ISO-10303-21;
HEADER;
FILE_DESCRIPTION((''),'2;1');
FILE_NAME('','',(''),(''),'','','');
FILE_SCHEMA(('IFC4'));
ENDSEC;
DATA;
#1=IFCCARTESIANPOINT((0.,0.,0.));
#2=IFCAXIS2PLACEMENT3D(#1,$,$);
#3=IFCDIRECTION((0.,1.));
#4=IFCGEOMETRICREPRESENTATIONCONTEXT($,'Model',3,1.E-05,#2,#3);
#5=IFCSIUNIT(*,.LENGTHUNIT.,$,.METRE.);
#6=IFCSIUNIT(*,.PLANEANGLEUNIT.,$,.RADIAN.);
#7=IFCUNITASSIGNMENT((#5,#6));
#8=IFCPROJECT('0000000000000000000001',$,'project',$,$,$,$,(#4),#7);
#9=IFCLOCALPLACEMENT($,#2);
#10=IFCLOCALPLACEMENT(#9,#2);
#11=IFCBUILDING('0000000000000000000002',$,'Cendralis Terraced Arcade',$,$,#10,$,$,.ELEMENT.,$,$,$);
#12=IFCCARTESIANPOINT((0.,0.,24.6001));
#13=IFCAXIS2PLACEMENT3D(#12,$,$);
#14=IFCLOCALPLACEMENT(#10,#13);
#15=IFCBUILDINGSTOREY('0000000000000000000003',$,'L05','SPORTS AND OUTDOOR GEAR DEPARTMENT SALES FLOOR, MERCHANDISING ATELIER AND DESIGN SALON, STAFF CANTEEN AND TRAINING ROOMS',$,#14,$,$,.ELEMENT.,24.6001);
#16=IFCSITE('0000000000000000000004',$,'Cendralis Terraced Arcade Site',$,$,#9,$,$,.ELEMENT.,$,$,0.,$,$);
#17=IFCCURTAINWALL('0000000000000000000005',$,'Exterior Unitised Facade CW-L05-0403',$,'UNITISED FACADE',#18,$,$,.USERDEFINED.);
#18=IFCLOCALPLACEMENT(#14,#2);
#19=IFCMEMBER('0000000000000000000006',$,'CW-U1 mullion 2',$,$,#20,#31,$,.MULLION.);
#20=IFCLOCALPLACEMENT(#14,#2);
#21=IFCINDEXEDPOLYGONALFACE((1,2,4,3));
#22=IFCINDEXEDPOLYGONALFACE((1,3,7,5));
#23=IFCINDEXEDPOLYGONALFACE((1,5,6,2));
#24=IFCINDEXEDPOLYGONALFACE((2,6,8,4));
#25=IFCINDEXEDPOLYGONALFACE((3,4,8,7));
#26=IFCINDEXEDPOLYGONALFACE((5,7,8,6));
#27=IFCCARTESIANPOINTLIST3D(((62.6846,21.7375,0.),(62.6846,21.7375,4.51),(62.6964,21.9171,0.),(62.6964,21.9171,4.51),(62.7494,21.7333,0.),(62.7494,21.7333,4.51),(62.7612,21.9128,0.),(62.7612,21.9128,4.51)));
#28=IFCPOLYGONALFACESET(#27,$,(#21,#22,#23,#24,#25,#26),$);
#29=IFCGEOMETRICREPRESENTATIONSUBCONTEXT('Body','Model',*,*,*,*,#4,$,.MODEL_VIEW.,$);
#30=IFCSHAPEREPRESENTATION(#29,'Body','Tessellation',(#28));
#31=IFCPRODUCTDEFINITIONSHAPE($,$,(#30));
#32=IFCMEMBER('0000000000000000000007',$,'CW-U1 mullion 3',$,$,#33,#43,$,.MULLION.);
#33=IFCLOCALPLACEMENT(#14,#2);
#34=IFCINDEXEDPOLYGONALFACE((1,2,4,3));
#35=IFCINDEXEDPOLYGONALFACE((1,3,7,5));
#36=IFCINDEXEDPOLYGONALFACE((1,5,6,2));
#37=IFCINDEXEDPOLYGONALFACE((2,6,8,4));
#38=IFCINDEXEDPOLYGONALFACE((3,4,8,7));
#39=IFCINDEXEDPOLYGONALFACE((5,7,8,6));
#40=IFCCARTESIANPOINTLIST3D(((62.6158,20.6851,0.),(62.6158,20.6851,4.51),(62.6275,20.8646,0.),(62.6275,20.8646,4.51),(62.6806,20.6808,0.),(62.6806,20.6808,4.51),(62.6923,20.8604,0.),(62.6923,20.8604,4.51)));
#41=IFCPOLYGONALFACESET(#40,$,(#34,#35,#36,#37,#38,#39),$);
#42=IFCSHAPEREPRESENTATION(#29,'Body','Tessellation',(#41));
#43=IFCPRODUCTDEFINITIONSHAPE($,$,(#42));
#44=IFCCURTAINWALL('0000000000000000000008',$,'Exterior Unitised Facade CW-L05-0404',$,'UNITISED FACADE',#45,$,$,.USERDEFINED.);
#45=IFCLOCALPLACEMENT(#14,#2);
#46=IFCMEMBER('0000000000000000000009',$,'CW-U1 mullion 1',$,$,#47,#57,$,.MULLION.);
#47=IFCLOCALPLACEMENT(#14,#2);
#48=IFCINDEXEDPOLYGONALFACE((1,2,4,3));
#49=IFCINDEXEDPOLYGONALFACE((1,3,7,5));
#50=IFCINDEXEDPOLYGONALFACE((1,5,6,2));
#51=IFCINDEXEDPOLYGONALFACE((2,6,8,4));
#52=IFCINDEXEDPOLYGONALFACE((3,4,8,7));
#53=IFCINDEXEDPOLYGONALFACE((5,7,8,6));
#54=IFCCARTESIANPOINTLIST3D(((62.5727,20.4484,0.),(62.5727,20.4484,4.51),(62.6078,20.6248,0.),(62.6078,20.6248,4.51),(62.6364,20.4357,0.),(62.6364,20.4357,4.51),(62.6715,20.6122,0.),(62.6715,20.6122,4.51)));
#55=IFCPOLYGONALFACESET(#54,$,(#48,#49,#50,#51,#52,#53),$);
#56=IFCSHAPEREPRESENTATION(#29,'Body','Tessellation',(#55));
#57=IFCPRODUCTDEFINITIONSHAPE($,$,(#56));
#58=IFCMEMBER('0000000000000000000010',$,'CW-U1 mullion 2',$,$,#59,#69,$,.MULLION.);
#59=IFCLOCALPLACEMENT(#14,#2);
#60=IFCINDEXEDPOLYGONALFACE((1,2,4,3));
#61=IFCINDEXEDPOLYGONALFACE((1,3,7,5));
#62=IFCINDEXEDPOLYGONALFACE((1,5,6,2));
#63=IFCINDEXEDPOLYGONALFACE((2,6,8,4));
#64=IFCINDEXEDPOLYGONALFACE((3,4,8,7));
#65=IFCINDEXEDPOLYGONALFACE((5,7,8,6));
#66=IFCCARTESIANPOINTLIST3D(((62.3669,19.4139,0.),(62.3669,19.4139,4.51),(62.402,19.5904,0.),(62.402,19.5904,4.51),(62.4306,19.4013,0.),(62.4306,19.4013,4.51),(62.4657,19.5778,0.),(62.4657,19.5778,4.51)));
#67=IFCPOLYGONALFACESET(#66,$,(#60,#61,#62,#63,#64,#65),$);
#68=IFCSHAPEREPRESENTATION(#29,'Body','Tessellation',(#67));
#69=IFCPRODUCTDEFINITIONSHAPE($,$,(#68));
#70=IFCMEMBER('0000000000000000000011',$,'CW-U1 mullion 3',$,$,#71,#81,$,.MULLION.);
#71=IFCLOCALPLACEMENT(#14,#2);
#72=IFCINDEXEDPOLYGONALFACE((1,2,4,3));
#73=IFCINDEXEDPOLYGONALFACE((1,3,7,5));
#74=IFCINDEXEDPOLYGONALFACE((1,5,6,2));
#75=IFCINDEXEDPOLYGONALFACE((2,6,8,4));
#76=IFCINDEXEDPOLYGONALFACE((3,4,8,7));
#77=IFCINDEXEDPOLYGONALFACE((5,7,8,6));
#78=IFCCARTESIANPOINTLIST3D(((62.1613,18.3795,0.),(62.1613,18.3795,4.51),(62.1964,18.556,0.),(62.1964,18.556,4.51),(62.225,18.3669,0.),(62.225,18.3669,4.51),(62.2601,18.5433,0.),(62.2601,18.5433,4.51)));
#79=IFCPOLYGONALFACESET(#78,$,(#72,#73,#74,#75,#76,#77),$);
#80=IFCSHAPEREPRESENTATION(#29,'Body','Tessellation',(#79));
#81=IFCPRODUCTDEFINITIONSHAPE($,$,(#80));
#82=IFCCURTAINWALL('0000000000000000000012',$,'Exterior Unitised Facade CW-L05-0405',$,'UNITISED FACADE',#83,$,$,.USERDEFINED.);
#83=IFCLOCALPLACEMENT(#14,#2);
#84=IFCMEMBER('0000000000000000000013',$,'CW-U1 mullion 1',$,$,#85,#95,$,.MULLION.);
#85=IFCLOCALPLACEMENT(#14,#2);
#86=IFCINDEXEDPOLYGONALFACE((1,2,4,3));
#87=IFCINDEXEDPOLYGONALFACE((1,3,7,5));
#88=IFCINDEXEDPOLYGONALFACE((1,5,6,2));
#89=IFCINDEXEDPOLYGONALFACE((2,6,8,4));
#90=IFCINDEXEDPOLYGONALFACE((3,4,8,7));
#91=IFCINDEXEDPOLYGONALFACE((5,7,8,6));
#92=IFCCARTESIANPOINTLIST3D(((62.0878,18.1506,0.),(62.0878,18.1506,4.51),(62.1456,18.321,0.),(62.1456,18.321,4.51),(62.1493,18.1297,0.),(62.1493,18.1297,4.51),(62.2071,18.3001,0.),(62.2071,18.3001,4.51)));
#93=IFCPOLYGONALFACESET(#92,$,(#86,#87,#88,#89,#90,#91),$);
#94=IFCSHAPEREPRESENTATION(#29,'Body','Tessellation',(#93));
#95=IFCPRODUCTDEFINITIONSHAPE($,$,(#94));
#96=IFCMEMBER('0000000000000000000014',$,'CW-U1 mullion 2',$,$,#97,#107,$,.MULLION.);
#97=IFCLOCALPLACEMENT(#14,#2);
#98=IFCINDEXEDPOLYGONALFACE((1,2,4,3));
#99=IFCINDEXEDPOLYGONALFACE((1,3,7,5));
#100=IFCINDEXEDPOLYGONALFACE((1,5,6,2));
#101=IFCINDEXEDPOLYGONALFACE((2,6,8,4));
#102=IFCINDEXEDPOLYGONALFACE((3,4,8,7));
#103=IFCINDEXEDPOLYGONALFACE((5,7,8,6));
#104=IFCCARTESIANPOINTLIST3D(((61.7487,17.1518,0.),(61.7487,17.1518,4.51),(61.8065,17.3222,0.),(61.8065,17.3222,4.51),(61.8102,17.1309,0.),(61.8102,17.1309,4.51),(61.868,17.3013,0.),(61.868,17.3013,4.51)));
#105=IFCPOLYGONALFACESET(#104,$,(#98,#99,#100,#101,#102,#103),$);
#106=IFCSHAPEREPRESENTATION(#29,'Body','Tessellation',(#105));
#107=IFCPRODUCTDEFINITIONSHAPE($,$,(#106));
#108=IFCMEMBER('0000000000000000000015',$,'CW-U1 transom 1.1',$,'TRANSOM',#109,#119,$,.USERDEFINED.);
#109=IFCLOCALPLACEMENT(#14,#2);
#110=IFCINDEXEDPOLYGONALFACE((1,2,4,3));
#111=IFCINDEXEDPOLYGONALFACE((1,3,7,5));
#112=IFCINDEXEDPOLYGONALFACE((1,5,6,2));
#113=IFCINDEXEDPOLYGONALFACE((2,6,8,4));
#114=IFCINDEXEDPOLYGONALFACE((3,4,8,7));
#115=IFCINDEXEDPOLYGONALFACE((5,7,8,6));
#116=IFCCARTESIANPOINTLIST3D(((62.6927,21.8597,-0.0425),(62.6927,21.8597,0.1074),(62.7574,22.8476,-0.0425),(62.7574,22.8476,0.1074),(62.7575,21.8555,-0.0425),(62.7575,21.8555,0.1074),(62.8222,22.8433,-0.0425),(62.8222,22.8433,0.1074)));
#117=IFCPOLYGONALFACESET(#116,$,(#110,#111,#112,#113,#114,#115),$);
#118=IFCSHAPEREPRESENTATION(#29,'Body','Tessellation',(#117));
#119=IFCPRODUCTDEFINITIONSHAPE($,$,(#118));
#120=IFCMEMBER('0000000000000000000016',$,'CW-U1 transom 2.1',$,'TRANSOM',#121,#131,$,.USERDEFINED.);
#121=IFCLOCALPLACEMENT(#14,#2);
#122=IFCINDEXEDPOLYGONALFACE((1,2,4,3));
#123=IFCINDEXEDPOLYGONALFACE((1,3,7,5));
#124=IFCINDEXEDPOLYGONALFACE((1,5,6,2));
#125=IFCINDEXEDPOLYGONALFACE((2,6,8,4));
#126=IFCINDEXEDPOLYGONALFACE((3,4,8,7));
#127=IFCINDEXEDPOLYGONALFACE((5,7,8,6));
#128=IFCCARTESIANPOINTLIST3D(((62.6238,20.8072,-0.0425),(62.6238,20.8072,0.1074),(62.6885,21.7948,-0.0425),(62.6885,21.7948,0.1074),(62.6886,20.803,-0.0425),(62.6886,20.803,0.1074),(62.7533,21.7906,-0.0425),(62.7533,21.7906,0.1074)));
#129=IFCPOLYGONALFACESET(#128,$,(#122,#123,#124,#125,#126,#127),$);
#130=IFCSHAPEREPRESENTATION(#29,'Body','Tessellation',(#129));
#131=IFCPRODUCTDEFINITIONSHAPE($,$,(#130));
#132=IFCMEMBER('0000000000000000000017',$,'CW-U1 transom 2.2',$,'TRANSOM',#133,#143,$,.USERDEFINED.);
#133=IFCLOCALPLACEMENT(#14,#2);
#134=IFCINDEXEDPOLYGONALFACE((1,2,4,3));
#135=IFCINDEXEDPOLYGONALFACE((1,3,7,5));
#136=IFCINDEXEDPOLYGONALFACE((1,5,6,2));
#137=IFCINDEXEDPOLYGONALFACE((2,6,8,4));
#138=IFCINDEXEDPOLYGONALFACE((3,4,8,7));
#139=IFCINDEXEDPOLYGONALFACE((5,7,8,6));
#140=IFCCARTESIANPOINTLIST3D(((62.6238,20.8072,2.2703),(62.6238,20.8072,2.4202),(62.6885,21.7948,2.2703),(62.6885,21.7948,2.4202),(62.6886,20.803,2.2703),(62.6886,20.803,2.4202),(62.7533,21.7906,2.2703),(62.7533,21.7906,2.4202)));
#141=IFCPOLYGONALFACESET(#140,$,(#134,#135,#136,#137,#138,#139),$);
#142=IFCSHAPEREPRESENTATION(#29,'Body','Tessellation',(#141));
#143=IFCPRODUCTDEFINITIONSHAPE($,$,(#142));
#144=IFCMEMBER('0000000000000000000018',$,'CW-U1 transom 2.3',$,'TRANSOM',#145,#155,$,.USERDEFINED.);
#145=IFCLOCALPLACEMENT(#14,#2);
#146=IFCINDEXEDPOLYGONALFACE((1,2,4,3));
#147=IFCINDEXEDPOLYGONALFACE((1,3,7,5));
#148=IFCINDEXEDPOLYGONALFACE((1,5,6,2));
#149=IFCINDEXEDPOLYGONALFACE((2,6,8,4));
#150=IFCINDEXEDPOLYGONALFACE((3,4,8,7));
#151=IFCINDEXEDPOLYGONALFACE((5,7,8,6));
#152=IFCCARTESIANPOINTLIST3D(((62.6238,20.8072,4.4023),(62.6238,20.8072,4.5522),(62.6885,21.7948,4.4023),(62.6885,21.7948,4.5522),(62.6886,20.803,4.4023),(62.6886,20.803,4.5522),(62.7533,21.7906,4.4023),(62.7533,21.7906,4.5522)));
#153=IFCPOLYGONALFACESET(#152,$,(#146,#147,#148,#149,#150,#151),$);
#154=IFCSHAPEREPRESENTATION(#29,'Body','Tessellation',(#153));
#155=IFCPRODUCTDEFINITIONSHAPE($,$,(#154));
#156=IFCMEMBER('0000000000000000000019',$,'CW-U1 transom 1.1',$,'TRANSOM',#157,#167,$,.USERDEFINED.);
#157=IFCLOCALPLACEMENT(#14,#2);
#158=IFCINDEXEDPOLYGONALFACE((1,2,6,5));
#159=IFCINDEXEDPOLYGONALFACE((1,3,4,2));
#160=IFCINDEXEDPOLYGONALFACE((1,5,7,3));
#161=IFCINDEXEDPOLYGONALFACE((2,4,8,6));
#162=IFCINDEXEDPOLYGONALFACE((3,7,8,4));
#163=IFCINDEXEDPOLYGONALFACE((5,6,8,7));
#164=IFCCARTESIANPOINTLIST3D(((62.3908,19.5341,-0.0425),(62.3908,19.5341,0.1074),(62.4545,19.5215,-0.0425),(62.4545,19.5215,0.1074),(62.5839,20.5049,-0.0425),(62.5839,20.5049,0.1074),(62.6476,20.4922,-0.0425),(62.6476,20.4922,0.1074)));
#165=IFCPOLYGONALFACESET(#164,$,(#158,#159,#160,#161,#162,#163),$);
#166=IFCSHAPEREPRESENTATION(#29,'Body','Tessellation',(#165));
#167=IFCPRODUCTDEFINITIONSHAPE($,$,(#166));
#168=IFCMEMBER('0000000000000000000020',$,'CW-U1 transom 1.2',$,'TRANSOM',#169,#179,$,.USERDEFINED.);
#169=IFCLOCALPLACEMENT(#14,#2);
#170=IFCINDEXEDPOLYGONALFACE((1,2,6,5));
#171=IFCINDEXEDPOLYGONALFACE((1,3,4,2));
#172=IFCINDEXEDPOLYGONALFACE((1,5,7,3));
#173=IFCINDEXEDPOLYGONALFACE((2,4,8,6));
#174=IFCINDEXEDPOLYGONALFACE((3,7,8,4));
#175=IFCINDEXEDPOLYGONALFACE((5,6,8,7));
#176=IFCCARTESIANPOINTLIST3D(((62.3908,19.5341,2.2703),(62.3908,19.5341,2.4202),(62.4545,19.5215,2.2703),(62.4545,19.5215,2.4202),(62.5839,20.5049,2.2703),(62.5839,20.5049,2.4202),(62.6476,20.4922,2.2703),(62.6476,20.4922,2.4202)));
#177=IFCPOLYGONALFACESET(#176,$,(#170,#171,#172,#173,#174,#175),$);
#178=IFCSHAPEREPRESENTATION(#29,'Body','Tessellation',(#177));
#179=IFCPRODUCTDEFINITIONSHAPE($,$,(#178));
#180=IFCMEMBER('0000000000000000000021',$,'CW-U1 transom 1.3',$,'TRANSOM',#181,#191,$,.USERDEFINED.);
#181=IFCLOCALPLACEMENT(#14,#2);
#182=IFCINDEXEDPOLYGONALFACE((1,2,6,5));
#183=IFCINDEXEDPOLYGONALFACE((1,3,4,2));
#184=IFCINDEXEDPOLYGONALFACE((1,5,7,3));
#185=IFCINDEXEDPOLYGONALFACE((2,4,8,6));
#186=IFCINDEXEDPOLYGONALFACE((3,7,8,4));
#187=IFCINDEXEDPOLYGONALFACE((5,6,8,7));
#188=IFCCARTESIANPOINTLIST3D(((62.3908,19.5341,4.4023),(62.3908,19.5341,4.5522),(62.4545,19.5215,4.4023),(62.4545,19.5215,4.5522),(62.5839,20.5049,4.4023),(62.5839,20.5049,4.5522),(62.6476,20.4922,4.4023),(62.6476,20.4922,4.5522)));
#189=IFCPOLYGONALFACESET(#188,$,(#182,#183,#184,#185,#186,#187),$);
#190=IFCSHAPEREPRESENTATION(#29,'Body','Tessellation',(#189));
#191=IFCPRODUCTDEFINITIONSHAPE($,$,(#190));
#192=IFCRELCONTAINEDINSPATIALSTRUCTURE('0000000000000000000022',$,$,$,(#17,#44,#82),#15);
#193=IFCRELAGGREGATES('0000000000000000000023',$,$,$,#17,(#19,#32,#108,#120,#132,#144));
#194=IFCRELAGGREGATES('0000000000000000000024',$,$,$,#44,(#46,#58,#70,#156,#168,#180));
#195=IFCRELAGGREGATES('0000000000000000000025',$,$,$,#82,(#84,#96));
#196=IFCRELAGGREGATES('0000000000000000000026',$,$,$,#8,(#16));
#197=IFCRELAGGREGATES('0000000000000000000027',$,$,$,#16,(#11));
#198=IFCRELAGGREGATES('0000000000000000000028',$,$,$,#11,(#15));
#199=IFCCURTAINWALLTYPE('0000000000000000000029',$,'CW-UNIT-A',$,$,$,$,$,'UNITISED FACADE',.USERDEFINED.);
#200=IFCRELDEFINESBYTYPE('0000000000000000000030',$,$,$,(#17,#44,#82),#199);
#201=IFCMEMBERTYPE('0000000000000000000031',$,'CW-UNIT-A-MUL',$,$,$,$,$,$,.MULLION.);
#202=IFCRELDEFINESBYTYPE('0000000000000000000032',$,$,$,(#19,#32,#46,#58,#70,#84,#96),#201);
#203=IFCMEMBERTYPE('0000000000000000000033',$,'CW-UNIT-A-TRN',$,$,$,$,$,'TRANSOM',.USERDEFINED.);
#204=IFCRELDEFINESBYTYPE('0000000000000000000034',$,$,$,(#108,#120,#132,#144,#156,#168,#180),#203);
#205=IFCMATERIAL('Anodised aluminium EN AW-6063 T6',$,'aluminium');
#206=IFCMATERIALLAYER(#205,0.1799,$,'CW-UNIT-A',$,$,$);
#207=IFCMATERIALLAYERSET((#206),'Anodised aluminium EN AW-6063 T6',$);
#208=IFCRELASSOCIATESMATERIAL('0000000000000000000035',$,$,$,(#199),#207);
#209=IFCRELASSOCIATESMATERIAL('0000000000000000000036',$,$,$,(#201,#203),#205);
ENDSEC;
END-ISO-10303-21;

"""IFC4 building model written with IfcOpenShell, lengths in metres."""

from ifc_helpers import new_model, si_unit, direction, frame, origin, origin_2d, place, context, subcontext, project, spatial, rectangle, extrude, material, layer, layer_set, material_profile, profile_set, type_object, element, aggregate, save


model = new_model("IFC4")

# Units and contexts
model_context = context("Model", 3, precision=1e-05, world=origin(), true_north=direction((0.0, 1.0)))
body_context = subcontext(model_context, "Body", "Model", "MODEL_VIEW")
ifc_project = project(units=[si_unit("LENGTHUNIT", "METRE"), si_unit("PLANEANGLEUNIT", "RADIAN")], contexts=[model_context])

# Site, building, storey
site_placement = place(None, origin())
site = spatial("IfcSite", under=ifc_project, at=site_placement, Name="Cendralis Terraced Arcade Site", CompositionType="ELEMENT", RefElevation=0.0)
building_placement = place(site_placement, origin())
building = spatial("IfcBuilding", under=site, at=building_placement, Name="Cendralis Terraced Arcade", CompositionType="ELEMENT")
storey_placement = place(building_placement, frame((0.0, 0.0, 24.6001)))
storey = spatial("IfcBuildingStorey", under=building, at=storey_placement, Name="L05", Description="SPORTS AND OUTDOOR GEAR DEPARTMENT SALES FLOOR, MERCHANDISING ATELIER AND DESIGN SALON, STAFF CANTEEN AND TRAINING ROOMS", CompositionType="ELEMENT", Elevation=24.6001)

# Curtain walls, members
ifc_material_1 = material(Name="Anodised aluminium EN AW-6063 T6", Category="aluminium")
ifc_layer_1 = layer(ifc_material_1, 0.1799, Name="CW-UNIT-A")
ifc_layer_set_1 = layer_set([ifc_layer_1], Name="Anodised aluminium EN AW-6063 T6")
curtain_wall_type = type_object("IfcCurtainWallType", Name="CW-UNIT-A", ElementType="UNITISED FACADE", PredefinedType="USERDEFINED", material=ifc_layer_set_1)
curtain_wall_1_placement = place(storey_placement, origin())
curtain_wall_1 = element("IfcCurtainWall", 1, at=curtain_wall_1_placement, inside=storey, type_object=curtain_wall_type, Name="Exterior Unitised Facade CW-L05-0403", ObjectType="UNITISED FACADE", PredefinedType="USERDEFINED")
ifc_material_profile_1 = material_profile(ifc_material_1, rectangle(XDim=0.0649, YDim=0.1799, at=origin_2d()), Name="ALU-MUL-65x180")
ifc_profile_set_1 = profile_set([ifc_material_profile_1], Name="Anodised aluminium EN AW-6063 T6")
member_type_1 = type_object("IfcMemberType", Name="CW-UNIT-A-MUL", PredefinedType="MULLION", material=ifc_profile_set_1)
member_1_placement = place(storey_placement, frame((62.7229, 21.8252, 0.0), z_axis=(0.0, 0.0, 1.0), x_axis=(0.99786, -0.065393, 0.0)))
member_1 = element("IfcMember", 2, at=member_1_placement, type_object=member_type_1, Name="CW-U1 mullion 2", PredefinedType="MULLION", context=body_context, shape_type="SweptSolid", body=[
    extrude(rectangle(XDim=0.0649, YDim=0.1799, at=origin_2d()), origin(), (0.0, 0.0, 1.0), 4.51),
])
member_2_placement = place(storey_placement, frame((62.6541, 20.7727, 0.0), z_axis=(0.0, 0.0, 1.0), x_axis=(0.99786, -0.065393, 0.0)))
member_2 = element("IfcMember", 3, at=member_2_placement, type_object=member_type_1, Name="CW-U1 mullion 3", PredefinedType="MULLION", context=body_context, shape_type="SweptSolid", body=[
    extrude(rectangle(XDim=0.0649, YDim=0.1799, at=origin_2d()), origin(), (0.0, 0.0, 1.0), 4.51),
])
curtain_wall_2_placement = place(storey_placement, origin())
curtain_wall_2 = element("IfcCurtainWall", 4, at=curtain_wall_2_placement, inside=storey, type_object=curtain_wall_type, Name="Exterior Unitised Facade CW-L05-0404", ObjectType="UNITISED FACADE", PredefinedType="USERDEFINED")
member_3_placement = place(storey_placement, frame((62.6221, 20.5303, 0.0), z_axis=(0.0, 0.0, 1.0), x_axis=(0.980794, -0.195046, 0.0)))
member_3 = element("IfcMember", 5, at=member_3_placement, type_object=member_type_1, Name="CW-U1 mullion 1", PredefinedType="MULLION", context=body_context, shape_type="SweptSolid", body=[
    extrude(rectangle(XDim=0.0649, YDim=0.1799, at=origin_2d()), origin(), (0.0, 0.0, 1.0), 4.51),
])
member_4_placement = place(storey_placement, frame((62.4163, 19.4958, 0.0), z_axis=(0.0, 0.0, 1.0), x_axis=(0.980794, -0.195046, 0.0)))
member_4 = element("IfcMember", 6, at=member_4_placement, type_object=member_type_1, Name="CW-U1 mullion 2", PredefinedType="MULLION", context=body_context, shape_type="SweptSolid", body=[
    extrude(rectangle(XDim=0.0649, YDim=0.1799, at=origin_2d()), origin(), (0.0, 0.0, 1.0), 4.51),
])
member_5_placement = place(storey_placement, frame((62.2107, 18.4614, 0.0), z_axis=(0.0, 0.0, 1.0), x_axis=(0.980794, -0.195046, 0.0)))
member_5 = element("IfcMember", 7, at=member_5_placement, type_object=member_type_1, Name="CW-U1 mullion 3", PredefinedType="MULLION", context=body_context, shape_type="SweptSolid", body=[
    extrude(rectangle(XDim=0.0649, YDim=0.1799, at=origin_2d()), origin(), (0.0, 0.0, 1.0), 4.51),
])
curtain_wall_3_placement = place(storey_placement, origin())
curtain_wall_3 = element("IfcCurtainWall", 8, at=curtain_wall_3_placement, inside=storey, type_object=curtain_wall_type, Name="Exterior Unitised Facade CW-L05-0405", ObjectType="UNITISED FACADE", PredefinedType="USERDEFINED")
member_6_placement = place(storey_placement, frame((62.1475, 18.2253, 0.0), z_axis=(0.0, 0.0, 1.0), x_axis=(0.946917, -0.321479, 0.0)))
member_6 = element("IfcMember", 9, at=member_6_placement, type_object=member_type_1, Name="CW-U1 mullion 1", PredefinedType="MULLION", context=body_context, shape_type="SweptSolid", body=[
    extrude(rectangle(XDim=0.0649, YDim=0.1799, at=origin_2d()), origin(), (0.0, 0.0, 1.0), 4.51),
])
member_7_placement = place(storey_placement, frame((61.8083, 17.2266, 0.0), z_axis=(0.0, 0.0, 1.0), x_axis=(0.946917, -0.321479, 0.0)))
member_7 = element("IfcMember", 10, at=member_7_placement, type_object=member_type_1, Name="CW-U1 mullion 2", PredefinedType="MULLION", context=body_context, shape_type="SweptSolid", body=[
    extrude(rectangle(XDim=0.0649, YDim=0.1799, at=origin_2d()), origin(), (0.0, 0.0, 1.0), 4.51),
])

# Members
ifc_material_profile_2 = material_profile(ifc_material_1, rectangle(XDim=0.0649, YDim=0.1499, at=origin_2d()), Name="ALU-TRN-65x150")
ifc_profile_set_2 = profile_set([ifc_material_profile_2], Name="Anodised aluminium EN AW-6063 T6")
member_type_2 = type_object("IfcMemberType", Name="CW-UNIT-A-TRN", ElementType="TRANSOM", PredefinedType="USERDEFINED", material=ifc_profile_set_2)
member_8_placement = place(storey_placement, frame((62.7898, 22.8455, 0.0325), z_axis=(-0.065357, -0.997862, 0.0), x_axis=(0.997862, -0.065357, 0.0)))
member_8 = element("IfcMember", 11, at=member_8_placement, type_object=member_type_2, Name="CW-U1 transom 1.1", ObjectType="TRANSOM", PredefinedType="USERDEFINED", context=body_context, shape_type="SweptSolid", body=[
    extrude(rectangle(XDim=0.0649, YDim=0.1499, at=origin_2d()), origin(), (0.0, 0.0, 1.0), 0.99),
])
member_9_placement = place(storey_placement, frame((62.7209, 21.7927, 0.0325), z_axis=(-0.065373, -0.997861, 0.0), x_axis=(0.997861, -0.065373, 0.0)))
member_9 = element("IfcMember", 12, at=member_9_placement, type_object=member_type_2, Name="CW-U1 transom 2.1", ObjectType="TRANSOM", PredefinedType="USERDEFINED", context=body_context, shape_type="SweptSolid", body=[
    extrude(rectangle(XDim=0.0649, YDim=0.1499, at=origin_2d()), origin(), (0.0, 0.0, 1.0), 0.9897),
])
member_10_placement = place(storey_placement, frame((62.7209, 21.7927, 2.3452), z_axis=(-0.065373, -0.997861, 0.0), x_axis=(0.997861, -0.065373, 0.0)))
member_10 = element("IfcMember", 13, at=member_10_placement, type_object=member_type_2, Name="CW-U1 transom 2.2", ObjectType="TRANSOM", PredefinedType="USERDEFINED", context=body_context, shape_type="SweptSolid", body=[
    extrude(rectangle(XDim=0.0649, YDim=0.1499, at=origin_2d()), origin(), (0.0, 0.0, 1.0), 0.9897),
])
member_11_placement = place(storey_placement, frame((62.7209, 21.7927, 4.4773), z_axis=(-0.065373, -0.997861, 0.0), x_axis=(0.997861, -0.065373, 0.0)))
member_11 = element("IfcMember", 14, at=member_11_placement, type_object=member_type_2, Name="CW-U1 transom 2.3", ObjectType="TRANSOM", PredefinedType="USERDEFINED", context=body_context, shape_type="SweptSolid", body=[
    extrude(rectangle(XDim=0.0649, YDim=0.1499, at=origin_2d()), origin(), (0.0, 0.0, 1.0), 0.9897),
])
member_12_placement = place(storey_placement, frame((62.6157, 20.4985, 0.0325), z_axis=(-0.19512, -0.980779, 0.0), x_axis=(0.980779, -0.19512, 0.0)))
member_12 = element("IfcMember", 15, at=member_12_placement, type_object=member_type_2, Name="CW-U1 transom 1.1", ObjectType="TRANSOM", PredefinedType="USERDEFINED", context=body_context, shape_type="SweptSolid", body=[
    extrude(rectangle(XDim=0.0649, YDim=0.1499, at=origin_2d()), origin(), (0.0, 0.0, 1.0), 0.9897),
])
member_13_placement = place(storey_placement, frame((62.6157, 20.4985, 2.3452), z_axis=(-0.19512, -0.980779, 0.0), x_axis=(0.980779, -0.19512, 0.0)))
member_13 = element("IfcMember", 16, at=member_13_placement, type_object=member_type_2, Name="CW-U1 transom 1.2", ObjectType="TRANSOM", PredefinedType="USERDEFINED", context=body_context, shape_type="SweptSolid", body=[
    extrude(rectangle(XDim=0.0649, YDim=0.1499, at=origin_2d()), origin(), (0.0, 0.0, 1.0), 0.9897),
])
member_14_placement = place(storey_placement, frame((62.6157, 20.4985, 4.4773), z_axis=(-0.19512, -0.980779, 0.0), x_axis=(0.980779, -0.19512, 0.0)))
member_14 = element("IfcMember", 17, at=member_14_placement, type_object=member_type_2, Name="CW-U1 transom 1.3", ObjectType="TRANSOM", PredefinedType="USERDEFINED", context=body_context, shape_type="SweptSolid", body=[
    extrude(rectangle(XDim=0.0649, YDim=0.1499, at=origin_2d()), origin(), (0.0, 0.0, 1.0), 0.9897),
])

aggregate(curtain_wall_1, [member_1, member_2, member_8, member_9, member_10, member_11])
aggregate(curtain_wall_2, [member_3, member_4, member_5, member_12, member_13, member_14])
aggregate(curtain_wall_3, [member_6, member_7])

save(model, "model.ifc")
